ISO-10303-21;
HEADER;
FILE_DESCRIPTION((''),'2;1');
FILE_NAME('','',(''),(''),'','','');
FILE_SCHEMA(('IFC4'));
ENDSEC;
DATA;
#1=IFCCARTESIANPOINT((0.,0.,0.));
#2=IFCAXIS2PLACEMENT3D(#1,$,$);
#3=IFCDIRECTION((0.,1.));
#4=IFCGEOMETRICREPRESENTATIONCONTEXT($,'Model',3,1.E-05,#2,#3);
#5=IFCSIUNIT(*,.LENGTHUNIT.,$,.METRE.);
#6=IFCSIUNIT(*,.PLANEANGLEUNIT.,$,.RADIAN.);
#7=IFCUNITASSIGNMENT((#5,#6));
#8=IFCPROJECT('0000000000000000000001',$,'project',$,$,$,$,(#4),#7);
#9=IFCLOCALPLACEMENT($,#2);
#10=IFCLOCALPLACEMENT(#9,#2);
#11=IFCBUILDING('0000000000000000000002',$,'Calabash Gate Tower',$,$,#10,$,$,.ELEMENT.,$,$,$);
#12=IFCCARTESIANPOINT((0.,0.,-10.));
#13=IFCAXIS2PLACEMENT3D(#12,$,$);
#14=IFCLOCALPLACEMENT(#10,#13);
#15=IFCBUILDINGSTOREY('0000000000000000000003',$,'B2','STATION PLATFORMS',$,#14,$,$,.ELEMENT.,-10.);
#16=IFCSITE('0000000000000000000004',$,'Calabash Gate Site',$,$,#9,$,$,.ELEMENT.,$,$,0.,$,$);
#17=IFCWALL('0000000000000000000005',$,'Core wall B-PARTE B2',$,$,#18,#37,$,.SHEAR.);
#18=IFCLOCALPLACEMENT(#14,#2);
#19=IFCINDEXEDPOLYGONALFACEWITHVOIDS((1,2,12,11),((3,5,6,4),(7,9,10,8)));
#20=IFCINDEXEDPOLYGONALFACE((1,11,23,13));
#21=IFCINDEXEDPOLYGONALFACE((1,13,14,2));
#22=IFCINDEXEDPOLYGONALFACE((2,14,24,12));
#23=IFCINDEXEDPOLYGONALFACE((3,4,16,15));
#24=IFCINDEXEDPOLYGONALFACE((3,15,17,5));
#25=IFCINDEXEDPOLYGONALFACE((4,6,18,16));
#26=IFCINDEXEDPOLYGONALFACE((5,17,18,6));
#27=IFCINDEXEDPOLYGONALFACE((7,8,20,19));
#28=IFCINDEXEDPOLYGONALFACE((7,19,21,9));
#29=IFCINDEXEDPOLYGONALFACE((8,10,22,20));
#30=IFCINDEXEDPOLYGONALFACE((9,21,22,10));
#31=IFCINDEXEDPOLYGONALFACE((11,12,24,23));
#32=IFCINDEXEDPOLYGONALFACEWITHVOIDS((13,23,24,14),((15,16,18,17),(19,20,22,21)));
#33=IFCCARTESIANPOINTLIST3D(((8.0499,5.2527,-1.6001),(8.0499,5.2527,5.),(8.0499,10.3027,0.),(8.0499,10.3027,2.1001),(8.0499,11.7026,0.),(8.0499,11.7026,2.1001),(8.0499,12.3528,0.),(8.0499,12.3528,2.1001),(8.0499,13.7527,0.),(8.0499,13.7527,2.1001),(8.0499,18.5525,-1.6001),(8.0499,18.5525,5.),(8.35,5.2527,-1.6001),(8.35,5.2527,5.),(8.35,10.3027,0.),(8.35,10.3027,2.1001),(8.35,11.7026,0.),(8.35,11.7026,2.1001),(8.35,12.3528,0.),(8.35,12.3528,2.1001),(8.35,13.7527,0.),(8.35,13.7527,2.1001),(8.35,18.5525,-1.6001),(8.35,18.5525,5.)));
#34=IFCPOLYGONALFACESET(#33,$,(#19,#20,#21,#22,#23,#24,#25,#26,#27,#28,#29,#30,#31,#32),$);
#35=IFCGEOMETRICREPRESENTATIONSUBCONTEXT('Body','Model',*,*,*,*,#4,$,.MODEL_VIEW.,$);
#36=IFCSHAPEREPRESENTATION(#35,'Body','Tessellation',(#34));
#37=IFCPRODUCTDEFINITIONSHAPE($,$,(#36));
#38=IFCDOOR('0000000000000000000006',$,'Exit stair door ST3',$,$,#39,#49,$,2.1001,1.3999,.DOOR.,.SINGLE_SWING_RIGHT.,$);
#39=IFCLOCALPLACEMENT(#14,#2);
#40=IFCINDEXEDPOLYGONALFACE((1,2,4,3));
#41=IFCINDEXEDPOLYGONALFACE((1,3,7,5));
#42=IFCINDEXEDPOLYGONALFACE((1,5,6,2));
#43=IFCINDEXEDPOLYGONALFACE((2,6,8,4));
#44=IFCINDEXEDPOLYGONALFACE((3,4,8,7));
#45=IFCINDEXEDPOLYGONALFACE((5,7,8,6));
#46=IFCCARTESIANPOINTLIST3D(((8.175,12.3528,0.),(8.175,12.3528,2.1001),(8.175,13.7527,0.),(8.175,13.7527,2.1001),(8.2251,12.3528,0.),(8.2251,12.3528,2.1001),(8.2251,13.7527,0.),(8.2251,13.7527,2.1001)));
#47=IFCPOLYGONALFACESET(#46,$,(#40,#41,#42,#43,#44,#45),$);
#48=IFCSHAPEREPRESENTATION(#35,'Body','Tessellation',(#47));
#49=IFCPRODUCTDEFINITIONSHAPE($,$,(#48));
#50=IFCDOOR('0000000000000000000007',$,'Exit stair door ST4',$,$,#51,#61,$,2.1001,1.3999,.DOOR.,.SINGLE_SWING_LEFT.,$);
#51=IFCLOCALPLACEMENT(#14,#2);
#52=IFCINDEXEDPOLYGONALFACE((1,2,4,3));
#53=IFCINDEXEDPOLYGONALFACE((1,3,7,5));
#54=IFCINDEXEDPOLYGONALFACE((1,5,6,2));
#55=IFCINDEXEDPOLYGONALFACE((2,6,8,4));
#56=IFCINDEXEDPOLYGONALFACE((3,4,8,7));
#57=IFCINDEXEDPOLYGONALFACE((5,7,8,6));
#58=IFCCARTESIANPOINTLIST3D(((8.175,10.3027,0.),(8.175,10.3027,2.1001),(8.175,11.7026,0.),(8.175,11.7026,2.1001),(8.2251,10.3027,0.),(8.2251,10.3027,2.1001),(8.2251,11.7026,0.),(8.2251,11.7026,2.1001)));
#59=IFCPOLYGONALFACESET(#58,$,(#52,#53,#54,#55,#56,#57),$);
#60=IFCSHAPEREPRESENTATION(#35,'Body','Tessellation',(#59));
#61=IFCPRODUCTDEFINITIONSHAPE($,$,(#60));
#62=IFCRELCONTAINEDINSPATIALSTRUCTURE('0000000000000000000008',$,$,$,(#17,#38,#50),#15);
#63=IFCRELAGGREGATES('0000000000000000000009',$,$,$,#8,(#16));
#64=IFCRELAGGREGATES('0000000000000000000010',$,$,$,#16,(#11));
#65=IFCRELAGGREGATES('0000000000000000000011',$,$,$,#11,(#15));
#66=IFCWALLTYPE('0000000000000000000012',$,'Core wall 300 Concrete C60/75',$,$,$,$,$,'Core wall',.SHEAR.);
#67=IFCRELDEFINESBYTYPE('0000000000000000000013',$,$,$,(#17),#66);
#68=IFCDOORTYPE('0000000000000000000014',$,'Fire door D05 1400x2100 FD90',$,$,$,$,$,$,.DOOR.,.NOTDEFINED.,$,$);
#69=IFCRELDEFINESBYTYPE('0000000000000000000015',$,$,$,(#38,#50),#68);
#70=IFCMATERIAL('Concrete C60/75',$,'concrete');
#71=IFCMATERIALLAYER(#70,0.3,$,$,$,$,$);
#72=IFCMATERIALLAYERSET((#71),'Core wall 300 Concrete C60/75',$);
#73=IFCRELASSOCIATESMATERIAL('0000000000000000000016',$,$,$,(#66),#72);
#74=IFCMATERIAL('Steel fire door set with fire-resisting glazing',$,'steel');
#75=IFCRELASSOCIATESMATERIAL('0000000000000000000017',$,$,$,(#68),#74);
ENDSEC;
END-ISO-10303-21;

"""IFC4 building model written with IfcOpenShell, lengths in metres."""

from ifc_helpers import new_model, si_unit, direction, frame, frame_2d, origin, place, context, subcontext, project, spatial, rectangle, extrude, material, layer, layer_set, type_object, element, fill, save


model = new_model("IFC4")

# Units and contexts
model_context = context("Model", 3, precision=1e-05, world=origin(), true_north=direction((0.0, 1.0)))
body_context = subcontext(model_context, "Body", "Model", "MODEL_VIEW")
ifc_project = project(units=[si_unit("LENGTHUNIT", "METRE"), si_unit("PLANEANGLEUNIT", "RADIAN")], contexts=[model_context])

# Site, building, storey
site_placement = place(None, origin())
site = spatial("IfcSite", under=ifc_project, at=site_placement, Name="Calabash Gate Site", CompositionType="ELEMENT", RefElevation=0.0)
building_placement = place(site_placement, origin())
building = spatial("IfcBuilding", under=site, at=building_placement, Name="Calabash Gate Tower", CompositionType="ELEMENT")
storey_placement = place(building_placement, frame((0.0, 0.0, -10.0)))
storey = spatial("IfcBuildingStorey", under=building, at=storey_placement, Name="B2", Description="STATION PLATFORMS", CompositionType="ELEMENT", Elevation=-10.0)

# Wall, openings, doors
ifc_material_1 = material(Name="Concrete C60/75", Category="concrete")
ifc_layer_1 = layer(ifc_material_1, 0.3)
ifc_layer_set_1 = layer_set([ifc_layer_1], Name="Core wall 300 Concrete C60/75")
wall_type = type_object("IfcWallType", Name="Core wall 300 Concrete C60/75", ElementType="Core wall", PredefinedType="SHEAR", material=ifc_layer_set_1)
wall_placement = place(storey_placement, frame((8.2, 5.2527, -1.6001), z_axis=(0.0, 0.0, 1.0), x_axis=(0.0, 1.0, 0.0)))
wall = element("IfcWall", 1, at=wall_placement, inside=storey, type_object=wall_type, Name="Core wall B-PARTE B2", PredefinedType="SHEAR", context=body_context, shape_type="SweptSolid", body=[
    extrude(rectangle(XDim=13.2998, YDim=0.3, at=frame_2d((6.6499, 0.0))), origin(), (0.0, 0.0, 1.0), 6.6001),
])
opening_1_placement = place(wall_placement, frame((7.1001, 0.0, 1.6001)))
opening_1 = element("IfcOpeningElement", 2, at=opening_1_placement, cuts=wall, PredefinedType="OPENING", context=body_context, shape_type="SweptSolid", body=[
    extrude(rectangle(XDim=1.3999, YDim=2.1001, at=frame_2d((0.7, 1.05))), frame((0.0, 0.1599, 0.0), z_axis=(0.0, -1.0, 0.0), x_axis=(1.0, 0.0, 0.0)), (0.0, 0.0, 1.0), 0.3201),
])
opening_2_placement = place(wall_placement, frame((5.05, 0.0, 1.6001)))
opening_2 = element("IfcOpeningElement", 3, at=opening_2_placement, cuts=wall, PredefinedType="OPENING", context=body_context, shape_type="SweptSolid", body=[
    extrude(rectangle(XDim=1.3999, YDim=2.1001, at=frame_2d((0.7, 1.05))), frame((0.0, 0.1599, 0.0), z_axis=(0.0, -1.0, 0.0), x_axis=(1.0, 0.0, 0.0)), (0.0, 0.0, 1.0), 0.3201),
])
ifc_material_2 = material(Name="Steel fire door set with fire-resisting glazing", Category="steel")
door_type = type_object("IfcDoorType", Name="Fire door D05 1400x2100 FD90", OperationType="NOTDEFINED", PredefinedType="DOOR", material=ifc_material_2)
door_1_placement = place(opening_1_placement, origin())
door_1 = element("IfcDoor", 4, at=door_1_placement, inside=storey, type_object=door_type, Name="Exit stair door ST3", OperationType="SINGLE_SWING_RIGHT", OverallHeight=2.1001, OverallWidth=1.3999, PredefinedType="DOOR", context=body_context, shape_type="SweptSolid", body=[
    extrude(rectangle(XDim=1.3999, YDim=2.1001, at=frame_2d((0.7, 1.05))), frame((0.0, 0.0249, 0.0), z_axis=(0.0, -1.0, 0.0), x_axis=(1.0, 0.0, 0.0)), (0.0, 0.0, 1.0), 0.05),
])
fill(opening_1, door_1)
door_2_placement = place(opening_2_placement, origin())
door_2 = element("IfcDoor", 5, at=door_2_placement, inside=storey, type_object=door_type, Name="Exit stair door ST4", OperationType="SINGLE_SWING_LEFT", OverallHeight=2.1001, OverallWidth=1.3999, PredefinedType="DOOR", context=body_context, shape_type="SweptSolid", body=[
    extrude(rectangle(XDim=1.3999, YDim=2.1001, at=frame_2d((0.7, 1.05))), frame((0.0, 0.0249, 0.0), z_axis=(0.0, -1.0, 0.0), x_axis=(1.0, 0.0, 0.0)), (0.0, 0.0, 1.0), 0.05),
])
fill(opening_2, door_2)

save(model, "model.ifc")
